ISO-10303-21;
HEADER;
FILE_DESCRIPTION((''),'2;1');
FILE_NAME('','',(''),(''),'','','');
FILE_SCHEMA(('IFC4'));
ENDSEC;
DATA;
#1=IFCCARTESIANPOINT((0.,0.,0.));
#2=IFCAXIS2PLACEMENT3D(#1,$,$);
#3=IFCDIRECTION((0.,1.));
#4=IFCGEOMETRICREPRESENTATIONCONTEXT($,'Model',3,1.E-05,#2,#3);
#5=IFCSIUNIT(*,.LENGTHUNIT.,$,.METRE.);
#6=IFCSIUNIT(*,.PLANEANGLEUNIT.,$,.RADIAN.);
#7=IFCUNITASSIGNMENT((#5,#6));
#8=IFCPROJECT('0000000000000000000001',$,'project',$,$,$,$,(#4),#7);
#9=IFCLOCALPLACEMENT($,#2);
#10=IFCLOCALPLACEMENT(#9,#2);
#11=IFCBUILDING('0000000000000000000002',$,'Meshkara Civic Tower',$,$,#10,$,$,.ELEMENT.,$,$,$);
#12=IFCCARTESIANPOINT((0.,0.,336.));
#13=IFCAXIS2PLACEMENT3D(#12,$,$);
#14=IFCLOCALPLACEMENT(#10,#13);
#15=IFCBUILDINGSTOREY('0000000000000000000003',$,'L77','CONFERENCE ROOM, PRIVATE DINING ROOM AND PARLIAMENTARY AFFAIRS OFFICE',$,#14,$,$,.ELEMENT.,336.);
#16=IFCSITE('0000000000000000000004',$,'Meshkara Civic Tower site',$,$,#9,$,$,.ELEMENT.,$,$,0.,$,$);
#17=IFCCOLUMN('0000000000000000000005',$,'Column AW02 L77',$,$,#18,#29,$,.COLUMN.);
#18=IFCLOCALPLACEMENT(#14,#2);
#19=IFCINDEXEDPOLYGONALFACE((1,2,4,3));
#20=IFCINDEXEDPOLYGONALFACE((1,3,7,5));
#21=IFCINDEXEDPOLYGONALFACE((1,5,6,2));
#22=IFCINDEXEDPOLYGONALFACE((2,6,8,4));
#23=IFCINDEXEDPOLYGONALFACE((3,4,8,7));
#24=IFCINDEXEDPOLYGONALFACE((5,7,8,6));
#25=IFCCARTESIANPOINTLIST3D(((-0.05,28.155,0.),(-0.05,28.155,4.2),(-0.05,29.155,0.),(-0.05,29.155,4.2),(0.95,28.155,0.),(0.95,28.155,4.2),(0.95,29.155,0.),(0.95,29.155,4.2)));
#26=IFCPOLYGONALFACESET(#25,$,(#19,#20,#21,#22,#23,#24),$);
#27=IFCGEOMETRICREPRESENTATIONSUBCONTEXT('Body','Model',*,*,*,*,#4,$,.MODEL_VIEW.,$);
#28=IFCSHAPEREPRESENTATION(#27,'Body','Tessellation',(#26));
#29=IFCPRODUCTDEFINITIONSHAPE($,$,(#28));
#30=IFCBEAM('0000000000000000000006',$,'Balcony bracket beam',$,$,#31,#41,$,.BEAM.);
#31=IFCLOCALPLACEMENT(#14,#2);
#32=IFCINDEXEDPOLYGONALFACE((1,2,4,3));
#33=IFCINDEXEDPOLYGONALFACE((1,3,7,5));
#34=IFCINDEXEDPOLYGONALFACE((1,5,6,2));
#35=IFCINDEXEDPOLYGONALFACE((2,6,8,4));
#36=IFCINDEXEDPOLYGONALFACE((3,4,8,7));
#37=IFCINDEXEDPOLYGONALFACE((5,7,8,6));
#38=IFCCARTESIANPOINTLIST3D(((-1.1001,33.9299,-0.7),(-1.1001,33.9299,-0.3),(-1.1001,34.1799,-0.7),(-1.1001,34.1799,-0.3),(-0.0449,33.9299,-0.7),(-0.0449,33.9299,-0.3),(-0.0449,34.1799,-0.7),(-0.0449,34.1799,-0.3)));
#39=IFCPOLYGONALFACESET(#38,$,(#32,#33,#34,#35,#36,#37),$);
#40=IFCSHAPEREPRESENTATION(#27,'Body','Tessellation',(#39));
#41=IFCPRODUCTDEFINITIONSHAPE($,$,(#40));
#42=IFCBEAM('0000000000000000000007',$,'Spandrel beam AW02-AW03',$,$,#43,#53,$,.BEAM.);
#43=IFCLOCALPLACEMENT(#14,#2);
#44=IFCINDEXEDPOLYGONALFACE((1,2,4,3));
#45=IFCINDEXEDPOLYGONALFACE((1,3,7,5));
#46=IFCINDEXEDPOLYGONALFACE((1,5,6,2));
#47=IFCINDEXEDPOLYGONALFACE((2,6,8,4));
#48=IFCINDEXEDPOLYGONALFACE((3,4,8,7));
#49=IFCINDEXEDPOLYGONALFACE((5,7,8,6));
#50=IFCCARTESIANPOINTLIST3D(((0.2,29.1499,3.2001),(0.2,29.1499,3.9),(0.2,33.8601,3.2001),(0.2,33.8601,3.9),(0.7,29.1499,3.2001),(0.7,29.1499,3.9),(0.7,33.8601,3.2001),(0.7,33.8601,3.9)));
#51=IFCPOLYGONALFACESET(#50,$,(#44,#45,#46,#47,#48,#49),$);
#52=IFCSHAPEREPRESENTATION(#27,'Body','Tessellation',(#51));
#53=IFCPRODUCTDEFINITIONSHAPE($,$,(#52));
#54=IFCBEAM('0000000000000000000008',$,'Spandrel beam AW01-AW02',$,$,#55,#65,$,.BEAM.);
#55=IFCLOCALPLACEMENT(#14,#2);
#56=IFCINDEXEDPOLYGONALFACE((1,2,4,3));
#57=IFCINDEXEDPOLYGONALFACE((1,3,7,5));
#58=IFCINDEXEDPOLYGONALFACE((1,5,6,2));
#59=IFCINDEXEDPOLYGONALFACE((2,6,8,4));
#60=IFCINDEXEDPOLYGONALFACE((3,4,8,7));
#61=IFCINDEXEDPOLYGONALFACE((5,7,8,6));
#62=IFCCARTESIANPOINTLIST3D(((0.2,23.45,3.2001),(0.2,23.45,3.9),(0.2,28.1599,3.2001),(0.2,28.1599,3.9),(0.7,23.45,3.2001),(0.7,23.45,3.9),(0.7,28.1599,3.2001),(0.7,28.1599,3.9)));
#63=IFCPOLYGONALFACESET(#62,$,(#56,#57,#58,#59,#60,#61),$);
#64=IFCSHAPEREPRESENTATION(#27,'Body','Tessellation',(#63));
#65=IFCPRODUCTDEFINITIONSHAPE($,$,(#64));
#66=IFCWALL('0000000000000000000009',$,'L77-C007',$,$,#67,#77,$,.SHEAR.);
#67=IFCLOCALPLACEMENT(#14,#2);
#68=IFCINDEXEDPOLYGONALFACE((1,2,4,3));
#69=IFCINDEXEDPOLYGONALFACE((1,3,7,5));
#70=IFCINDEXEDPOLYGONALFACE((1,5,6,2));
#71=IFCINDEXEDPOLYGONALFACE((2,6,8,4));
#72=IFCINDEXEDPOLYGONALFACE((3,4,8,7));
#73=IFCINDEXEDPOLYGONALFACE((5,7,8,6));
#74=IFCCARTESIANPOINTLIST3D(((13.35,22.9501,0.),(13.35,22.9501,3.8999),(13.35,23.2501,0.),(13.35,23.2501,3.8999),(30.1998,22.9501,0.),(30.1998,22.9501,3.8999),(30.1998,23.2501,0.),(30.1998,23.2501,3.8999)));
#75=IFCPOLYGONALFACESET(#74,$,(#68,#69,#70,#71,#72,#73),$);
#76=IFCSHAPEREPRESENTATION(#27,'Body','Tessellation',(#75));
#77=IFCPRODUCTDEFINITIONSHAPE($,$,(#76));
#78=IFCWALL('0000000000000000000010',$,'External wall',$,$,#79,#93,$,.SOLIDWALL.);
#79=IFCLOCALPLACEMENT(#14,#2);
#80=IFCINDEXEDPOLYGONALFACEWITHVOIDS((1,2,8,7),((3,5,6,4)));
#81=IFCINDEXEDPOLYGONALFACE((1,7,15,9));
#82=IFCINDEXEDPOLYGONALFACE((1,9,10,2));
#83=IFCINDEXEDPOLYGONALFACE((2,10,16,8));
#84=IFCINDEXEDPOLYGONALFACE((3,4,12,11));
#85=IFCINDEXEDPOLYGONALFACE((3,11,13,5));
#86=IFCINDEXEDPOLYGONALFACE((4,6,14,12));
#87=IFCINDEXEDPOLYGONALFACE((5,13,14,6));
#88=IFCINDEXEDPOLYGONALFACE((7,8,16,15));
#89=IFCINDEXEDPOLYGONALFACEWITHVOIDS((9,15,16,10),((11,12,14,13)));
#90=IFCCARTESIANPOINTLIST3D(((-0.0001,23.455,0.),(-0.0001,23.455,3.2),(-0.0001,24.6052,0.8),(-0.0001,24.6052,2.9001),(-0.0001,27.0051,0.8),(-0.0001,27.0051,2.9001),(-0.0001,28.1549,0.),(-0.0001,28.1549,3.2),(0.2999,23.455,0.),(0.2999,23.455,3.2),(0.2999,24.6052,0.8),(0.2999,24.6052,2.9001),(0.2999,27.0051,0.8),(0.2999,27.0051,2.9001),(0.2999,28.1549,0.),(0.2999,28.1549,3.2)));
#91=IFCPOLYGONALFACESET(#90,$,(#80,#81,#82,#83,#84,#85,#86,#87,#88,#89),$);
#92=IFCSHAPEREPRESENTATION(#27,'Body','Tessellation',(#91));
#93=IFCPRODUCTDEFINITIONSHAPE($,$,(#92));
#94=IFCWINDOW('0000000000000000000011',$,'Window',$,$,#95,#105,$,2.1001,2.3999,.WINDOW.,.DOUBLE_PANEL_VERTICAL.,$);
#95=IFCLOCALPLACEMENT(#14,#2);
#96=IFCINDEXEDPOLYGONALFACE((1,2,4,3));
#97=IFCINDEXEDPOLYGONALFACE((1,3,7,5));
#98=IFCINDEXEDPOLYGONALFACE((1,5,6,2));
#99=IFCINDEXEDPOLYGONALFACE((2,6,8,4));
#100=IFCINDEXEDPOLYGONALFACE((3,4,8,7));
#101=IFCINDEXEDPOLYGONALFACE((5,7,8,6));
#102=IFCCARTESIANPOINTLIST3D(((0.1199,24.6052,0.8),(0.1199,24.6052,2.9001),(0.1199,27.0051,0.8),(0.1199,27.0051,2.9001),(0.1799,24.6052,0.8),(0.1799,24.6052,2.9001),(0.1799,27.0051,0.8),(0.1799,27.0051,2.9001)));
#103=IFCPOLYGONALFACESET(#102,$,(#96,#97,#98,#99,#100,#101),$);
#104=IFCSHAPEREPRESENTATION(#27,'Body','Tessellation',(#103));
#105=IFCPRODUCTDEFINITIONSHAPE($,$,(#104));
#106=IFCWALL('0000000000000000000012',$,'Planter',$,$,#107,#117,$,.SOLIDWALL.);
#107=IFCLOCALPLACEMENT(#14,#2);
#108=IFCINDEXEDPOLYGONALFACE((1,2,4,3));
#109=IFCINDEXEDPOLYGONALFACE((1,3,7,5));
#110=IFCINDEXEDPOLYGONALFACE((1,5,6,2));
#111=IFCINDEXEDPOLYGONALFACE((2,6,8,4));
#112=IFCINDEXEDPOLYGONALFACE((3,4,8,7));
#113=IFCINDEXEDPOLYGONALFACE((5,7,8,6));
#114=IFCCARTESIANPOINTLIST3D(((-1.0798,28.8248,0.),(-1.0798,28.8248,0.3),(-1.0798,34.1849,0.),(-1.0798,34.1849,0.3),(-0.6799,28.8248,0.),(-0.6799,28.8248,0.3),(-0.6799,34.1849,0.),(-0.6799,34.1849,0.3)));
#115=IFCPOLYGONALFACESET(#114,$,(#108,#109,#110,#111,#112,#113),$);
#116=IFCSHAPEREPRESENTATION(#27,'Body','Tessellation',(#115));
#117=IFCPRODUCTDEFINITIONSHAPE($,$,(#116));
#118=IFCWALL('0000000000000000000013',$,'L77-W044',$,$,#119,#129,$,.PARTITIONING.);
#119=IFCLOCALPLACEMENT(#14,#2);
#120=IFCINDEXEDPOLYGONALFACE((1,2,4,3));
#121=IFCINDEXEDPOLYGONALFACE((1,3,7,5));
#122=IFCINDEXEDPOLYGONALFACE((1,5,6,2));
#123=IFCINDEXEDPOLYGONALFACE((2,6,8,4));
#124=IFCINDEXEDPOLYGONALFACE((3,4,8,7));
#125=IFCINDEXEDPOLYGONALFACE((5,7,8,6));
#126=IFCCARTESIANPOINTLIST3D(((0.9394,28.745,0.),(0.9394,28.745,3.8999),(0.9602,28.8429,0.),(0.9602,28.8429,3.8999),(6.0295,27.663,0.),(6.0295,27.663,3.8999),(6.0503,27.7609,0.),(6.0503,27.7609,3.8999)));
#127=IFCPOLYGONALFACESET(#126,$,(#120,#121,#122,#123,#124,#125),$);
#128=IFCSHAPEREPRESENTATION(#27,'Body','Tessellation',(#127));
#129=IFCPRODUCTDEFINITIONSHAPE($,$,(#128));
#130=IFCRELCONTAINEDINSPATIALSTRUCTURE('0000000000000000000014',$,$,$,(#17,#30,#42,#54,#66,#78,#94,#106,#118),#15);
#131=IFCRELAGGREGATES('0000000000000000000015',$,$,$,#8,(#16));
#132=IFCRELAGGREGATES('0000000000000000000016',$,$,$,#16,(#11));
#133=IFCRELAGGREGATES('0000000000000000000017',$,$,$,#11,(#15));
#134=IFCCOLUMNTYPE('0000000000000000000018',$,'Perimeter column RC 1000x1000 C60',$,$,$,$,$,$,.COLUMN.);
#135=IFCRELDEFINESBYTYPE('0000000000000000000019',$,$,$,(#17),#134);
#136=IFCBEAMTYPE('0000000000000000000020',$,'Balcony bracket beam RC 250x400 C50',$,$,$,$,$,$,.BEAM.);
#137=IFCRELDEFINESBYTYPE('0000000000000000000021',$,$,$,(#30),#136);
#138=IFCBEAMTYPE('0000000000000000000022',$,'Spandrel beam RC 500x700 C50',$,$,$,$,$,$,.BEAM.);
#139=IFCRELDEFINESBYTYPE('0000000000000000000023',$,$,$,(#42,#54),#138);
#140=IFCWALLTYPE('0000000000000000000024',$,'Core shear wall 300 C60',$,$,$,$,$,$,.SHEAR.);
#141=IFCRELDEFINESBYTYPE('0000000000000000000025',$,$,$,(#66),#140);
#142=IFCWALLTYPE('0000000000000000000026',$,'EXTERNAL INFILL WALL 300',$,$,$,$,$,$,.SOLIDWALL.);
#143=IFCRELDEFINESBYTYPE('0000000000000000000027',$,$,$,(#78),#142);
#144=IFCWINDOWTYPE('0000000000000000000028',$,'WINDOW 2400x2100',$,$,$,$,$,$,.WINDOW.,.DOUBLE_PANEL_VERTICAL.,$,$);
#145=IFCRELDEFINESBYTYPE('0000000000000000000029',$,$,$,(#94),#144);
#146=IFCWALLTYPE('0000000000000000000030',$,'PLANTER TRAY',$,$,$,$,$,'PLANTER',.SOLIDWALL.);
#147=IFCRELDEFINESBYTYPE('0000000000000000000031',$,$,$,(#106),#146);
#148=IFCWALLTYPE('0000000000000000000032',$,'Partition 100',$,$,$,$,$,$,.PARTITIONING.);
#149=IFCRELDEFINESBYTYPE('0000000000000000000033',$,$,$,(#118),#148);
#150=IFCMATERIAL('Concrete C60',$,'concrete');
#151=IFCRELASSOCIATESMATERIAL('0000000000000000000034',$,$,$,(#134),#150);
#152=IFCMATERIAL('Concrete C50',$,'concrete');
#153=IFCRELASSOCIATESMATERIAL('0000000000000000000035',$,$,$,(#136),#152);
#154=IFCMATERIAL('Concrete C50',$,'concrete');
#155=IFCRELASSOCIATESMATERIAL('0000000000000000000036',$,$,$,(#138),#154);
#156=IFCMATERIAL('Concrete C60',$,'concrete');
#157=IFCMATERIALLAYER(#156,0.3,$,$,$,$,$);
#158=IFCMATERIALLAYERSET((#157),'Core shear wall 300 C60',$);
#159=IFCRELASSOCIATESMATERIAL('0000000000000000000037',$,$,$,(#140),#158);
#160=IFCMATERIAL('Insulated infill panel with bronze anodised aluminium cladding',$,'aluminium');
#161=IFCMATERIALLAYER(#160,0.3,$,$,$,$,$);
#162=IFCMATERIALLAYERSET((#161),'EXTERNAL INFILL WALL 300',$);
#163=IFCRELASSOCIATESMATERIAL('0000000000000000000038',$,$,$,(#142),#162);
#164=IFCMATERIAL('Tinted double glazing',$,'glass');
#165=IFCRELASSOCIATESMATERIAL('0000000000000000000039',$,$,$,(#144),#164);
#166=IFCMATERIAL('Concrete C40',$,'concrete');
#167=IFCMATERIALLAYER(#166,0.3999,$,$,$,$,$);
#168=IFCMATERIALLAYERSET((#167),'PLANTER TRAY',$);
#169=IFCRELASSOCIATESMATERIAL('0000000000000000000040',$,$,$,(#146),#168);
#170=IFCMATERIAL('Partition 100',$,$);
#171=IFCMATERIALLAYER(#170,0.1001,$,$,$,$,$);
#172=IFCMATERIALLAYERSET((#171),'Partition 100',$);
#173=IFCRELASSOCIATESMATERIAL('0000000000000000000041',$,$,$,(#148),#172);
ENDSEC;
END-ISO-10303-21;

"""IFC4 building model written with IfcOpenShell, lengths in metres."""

from ifc_helpers import new_model, si_unit, direction, frame, frame_2d, origin, origin_2d, place, context, subcontext, project, spatial, rectangle, extrude, material, layer, layer_set, material_profile, profile_set, type_object, element, fill, save


model = new_model("IFC4")

# Units and contexts
model_context = context("Model", 3, precision=1e-05, world=origin(), true_north=direction((0.0, 1.0)))
body_context = subcontext(model_context, "Body", "Model", "MODEL_VIEW")
ifc_project = project(units=[si_unit("LENGTHUNIT", "METRE"), si_unit("PLANEANGLEUNIT", "RADIAN")], contexts=[model_context])

# Site, building, storey
site_placement = place(None, origin())
site = spatial("IfcSite", under=ifc_project, at=site_placement, Name="Meshkara Civic Tower site", CompositionType="ELEMENT", RefElevation=0.0)
building_placement = place(site_placement, origin())
building = spatial("IfcBuilding", under=site, at=building_placement, Name="Meshkara Civic Tower", CompositionType="ELEMENT")
storey_placement = place(building_placement, frame((0.0, 0.0, 336.0)))
storey = spatial("IfcBuildingStorey", under=building, at=storey_placement, Name="L77", Description="CONFERENCE ROOM, PRIVATE DINING ROOM AND PARLIAMENTARY AFFAIRS OFFICE", CompositionType="ELEMENT", Elevation=336.0)

# Column
ifc_material_1 = material(Name="Concrete C60", Category="concrete")
ifc_material_profile_1 = material_profile(ifc_material_1, rectangle(XDim=1.0, YDim=1.0, at=origin_2d()))
ifc_profile_set_1 = profile_set([ifc_material_profile_1], Name="Concrete C60")
column_type = type_object("IfcColumnType", Name="Perimeter column RC 1000x1000 C60", PredefinedType="COLUMN", material=ifc_profile_set_1)
column_placement = place(storey_placement, frame((0.45, 28.655, 0.0), z_axis=(0.0, 0.0, 1.0), x_axis=(1.0, 0.0, 0.0)))
element("IfcColumn", 1, at=column_placement, inside=storey, type_object=column_type, Name="Column AW02 L77", PredefinedType="COLUMN", context=body_context, shape_type="SweptSolid", body=[
    extrude(rectangle(XDim=1.0, YDim=1.0, at=origin_2d()), origin(), (0.0, 0.0, 1.0), 4.2),
])

# Beams
ifc_material_2 = material(Name="Concrete C50", Category="concrete")
ifc_material_profile_2 = material_profile(ifc_material_2, rectangle(XDim=0.25, YDim=0.3999, at=origin_2d()))
ifc_profile_set_2 = profile_set([ifc_material_profile_2], Name="Concrete C50")
beam_type_1 = type_object("IfcBeamType", Name="Balcony bracket beam RC 250x400 C50", PredefinedType="BEAM", material=ifc_profile_set_2)
beam_1_placement = place(storey_placement, frame((-0.0449, 34.0549, -0.5), z_axis=(-1.0, 0.0, 0.0), x_axis=(0.0, -1.0, 0.0)))
element("IfcBeam", 2, at=beam_1_placement, inside=storey, type_object=beam_type_1, Name="Balcony bracket beam", PredefinedType="BEAM", context=body_context, shape_type="SweptSolid", body=[
    extrude(rectangle(XDim=0.25, YDim=0.3999, at=origin_2d()), origin(), (0.0, 0.0, 1.0), 1.0552),
])
ifc_material_3 = material(Name="Concrete C50", Category="concrete")
ifc_material_profile_3 = material_profile(ifc_material_3, rectangle(XDim=0.5, YDim=0.7, at=origin_2d()))
ifc_profile_set_3 = profile_set([ifc_material_profile_3], Name="Concrete C50")
beam_type_2 = type_object("IfcBeamType", Name="Spandrel beam RC 500x700 C50", PredefinedType="BEAM", material=ifc_profile_set_3)
beam_2_placement = place(storey_placement, frame((0.45, 33.8601, 3.55), z_axis=(0.0, -1.0, 0.0), x_axis=(1.0, 0.0, 0.0)))
element("IfcBeam", 3, at=beam_2_placement, inside=storey, type_object=beam_type_2, Name="Spandrel beam AW02-AW03", PredefinedType="BEAM", context=body_context, shape_type="SweptSolid", body=[
    extrude(rectangle(XDim=0.5, YDim=0.7, at=origin_2d()), origin(), (0.0, 0.0, 1.0), 4.7102),
])
beam_3_placement = place(storey_placement, frame((0.45, 28.1599, 3.55), z_axis=(0.0, -1.0, 0.0), x_axis=(1.0, 0.0, 0.0)))
element("IfcBeam", 4, at=beam_3_placement, inside=storey, type_object=beam_type_2, Name="Spandrel beam AW01-AW02", PredefinedType="BEAM", context=body_context, shape_type="SweptSolid", body=[
    extrude(rectangle(XDim=0.5, YDim=0.7, at=origin_2d()), origin(), (0.0, 0.0, 1.0), 4.71),
])

# Wall
ifc_material_4 = material(Name="Concrete C60", Category="concrete")
ifc_layer_1 = layer(ifc_material_4, 0.3)
ifc_layer_set_1 = layer_set([ifc_layer_1], Name="Core shear wall 300 C60")
wall_type_1 = type_object("IfcWallType", Name="Core shear wall 300 C60", PredefinedType="SHEAR", material=ifc_layer_set_1)
wall_1_placement = place(storey_placement, frame((13.3501, 23.1001, 0.0), z_axis=(0.0, 0.0, 1.0), x_axis=(1.0, 0.0, 0.0)))
element("IfcWall", 5, at=wall_1_placement, inside=storey, type_object=wall_type_1, Name="L77-C007", PredefinedType="SHEAR", context=body_context, shape_type="SweptSolid", body=[
    extrude(rectangle(XDim=16.8499, YDim=0.3, at=frame_2d((8.4248, 0.0))), origin(), (0.0, 0.0, 1.0), 3.8999),
])

# Wall, opening, window
ifc_material_5 = material(Name="Insulated infill panel with bronze anodised aluminium cladding", Category="aluminium")
ifc_layer_2 = layer(ifc_material_5, 0.3)
ifc_layer_set_2 = layer_set([ifc_layer_2], Name="EXTERNAL INFILL WALL 300")
wall_type_2 = type_object("IfcWallType", Name="EXTERNAL INFILL WALL 300", PredefinedType="SOLIDWALL", material=ifc_layer_set_2)
wall_2_placement = place(storey_placement, frame((0.1499, 28.155, 0.0), z_axis=(0.0, 0.0, 1.0), x_axis=(0.0, -1.0, 0.0)))
wall_2 = element("IfcWall", 6, at=wall_2_placement, inside=storey, type_object=wall_type_2, Name="External wall", PredefinedType="SOLIDWALL", context=body_context, shape_type="SweptSolid", body=[
    extrude(rectangle(XDim=4.7, YDim=0.3, at=frame_2d((2.3501, 0.0))), origin(), (0.0, 0.0, 1.0), 3.2),
])
opening_1_placement = place(wall_2_placement, frame((1.1499, 0.0, 0.8)))
opening_1 = element("IfcOpeningElement", 7, at=opening_1_placement, cuts=wall_2, PredefinedType="OPENING", context=body_context, shape_type="SweptSolid", body=[
    extrude(rectangle(XDim=2.3999, YDim=2.1001, at=frame_2d((1.2, 1.05))), frame((0.0, 0.1599, 0.0), z_axis=(0.0, -1.0, 0.0), x_axis=(1.0, 0.0, 0.0)), (0.0, 0.0, 1.0), 0.3201),
])
ifc_material_6 = material(Name="Tinted double glazing", Category="glass")
window_type = type_object("IfcWindowType", Name="WINDOW 2400x2100", PartitioningType="DOUBLE_PANEL_VERTICAL", PredefinedType="WINDOW", material=ifc_material_6)
window_placement = place(opening_1_placement, origin())
window = element("IfcWindow", 8, at=window_placement, inside=storey, type_object=window_type, Name="Window", OverallHeight=2.1001, OverallWidth=2.3999, PartitioningType="DOUBLE_PANEL_VERTICAL", PredefinedType="WINDOW", context=body_context, shape_type="SweptSolid", body=[
    extrude(rectangle(XDim=2.3999, YDim=2.1001, at=frame_2d((1.2, 1.05))), frame((0.0, 0.03, 0.0), z_axis=(0.0, -1.0, 0.0), x_axis=(1.0, 0.0, 0.0)), (0.0, 0.0, 1.0), 0.0601),
])
fill(opening_1, window)

# Walls
ifc_material_7 = material(Name="Concrete C40", Category="concrete")
ifc_layer_3 = layer(ifc_material_7, 0.3999)
ifc_layer_set_3 = layer_set([ifc_layer_3], Name="PLANTER TRAY")
wall_type_3 = type_object("IfcWallType", Name="PLANTER TRAY", ElementType="PLANTER", PredefinedType="SOLIDWALL", material=ifc_layer_set_3)
wall_3_placement = place(storey_placement, frame((-0.8799, 34.1851, 0.0), z_axis=(0.0, 0.0, 1.0), x_axis=(0.0, -1.0, 0.0)))
element("IfcWall", 9, at=wall_3_placement, inside=storey, type_object=wall_type_3, Name="Planter", PredefinedType="SOLIDWALL", context=body_context, shape_type="SweptSolid", body=[
    extrude(rectangle(XDim=5.3601, YDim=0.3999, at=frame_2d((2.6802, 0.0))), origin(), (0.0, 0.0, 1.0), 0.3),
])
ifc_material_8 = material(Name="Partition 100")
ifc_layer_4 = layer(ifc_material_8, 0.1001)
ifc_layer_set_4 = layer_set([ifc_layer_4], Name="Partition 100")
wall_type_4 = type_object("IfcWallType", Name="Partition 100", PredefinedType="PARTITIONING", material=ifc_layer_set_4)
wall_4_placement = place(storey_placement, frame((6.04, 27.7119, 0.0), z_axis=(0.0, 0.0, 1.0), x_axis=(-0.978144, 0.20793, 0.0)))
element("IfcWall", 10, at=wall_4_placement, inside=storey, type_object=wall_type_4, Name="L77-W044", PredefinedType="PARTITIONING", context=body_context, shape_type="SweptSolid", body=[
    extrude(rectangle(XDim=5.2039, YDim=0.1001, at=frame_2d((2.6021, 0.0))), origin(), (0.0, 0.0, 1.0), 3.8999),
])

save(model, "model.ifc")
